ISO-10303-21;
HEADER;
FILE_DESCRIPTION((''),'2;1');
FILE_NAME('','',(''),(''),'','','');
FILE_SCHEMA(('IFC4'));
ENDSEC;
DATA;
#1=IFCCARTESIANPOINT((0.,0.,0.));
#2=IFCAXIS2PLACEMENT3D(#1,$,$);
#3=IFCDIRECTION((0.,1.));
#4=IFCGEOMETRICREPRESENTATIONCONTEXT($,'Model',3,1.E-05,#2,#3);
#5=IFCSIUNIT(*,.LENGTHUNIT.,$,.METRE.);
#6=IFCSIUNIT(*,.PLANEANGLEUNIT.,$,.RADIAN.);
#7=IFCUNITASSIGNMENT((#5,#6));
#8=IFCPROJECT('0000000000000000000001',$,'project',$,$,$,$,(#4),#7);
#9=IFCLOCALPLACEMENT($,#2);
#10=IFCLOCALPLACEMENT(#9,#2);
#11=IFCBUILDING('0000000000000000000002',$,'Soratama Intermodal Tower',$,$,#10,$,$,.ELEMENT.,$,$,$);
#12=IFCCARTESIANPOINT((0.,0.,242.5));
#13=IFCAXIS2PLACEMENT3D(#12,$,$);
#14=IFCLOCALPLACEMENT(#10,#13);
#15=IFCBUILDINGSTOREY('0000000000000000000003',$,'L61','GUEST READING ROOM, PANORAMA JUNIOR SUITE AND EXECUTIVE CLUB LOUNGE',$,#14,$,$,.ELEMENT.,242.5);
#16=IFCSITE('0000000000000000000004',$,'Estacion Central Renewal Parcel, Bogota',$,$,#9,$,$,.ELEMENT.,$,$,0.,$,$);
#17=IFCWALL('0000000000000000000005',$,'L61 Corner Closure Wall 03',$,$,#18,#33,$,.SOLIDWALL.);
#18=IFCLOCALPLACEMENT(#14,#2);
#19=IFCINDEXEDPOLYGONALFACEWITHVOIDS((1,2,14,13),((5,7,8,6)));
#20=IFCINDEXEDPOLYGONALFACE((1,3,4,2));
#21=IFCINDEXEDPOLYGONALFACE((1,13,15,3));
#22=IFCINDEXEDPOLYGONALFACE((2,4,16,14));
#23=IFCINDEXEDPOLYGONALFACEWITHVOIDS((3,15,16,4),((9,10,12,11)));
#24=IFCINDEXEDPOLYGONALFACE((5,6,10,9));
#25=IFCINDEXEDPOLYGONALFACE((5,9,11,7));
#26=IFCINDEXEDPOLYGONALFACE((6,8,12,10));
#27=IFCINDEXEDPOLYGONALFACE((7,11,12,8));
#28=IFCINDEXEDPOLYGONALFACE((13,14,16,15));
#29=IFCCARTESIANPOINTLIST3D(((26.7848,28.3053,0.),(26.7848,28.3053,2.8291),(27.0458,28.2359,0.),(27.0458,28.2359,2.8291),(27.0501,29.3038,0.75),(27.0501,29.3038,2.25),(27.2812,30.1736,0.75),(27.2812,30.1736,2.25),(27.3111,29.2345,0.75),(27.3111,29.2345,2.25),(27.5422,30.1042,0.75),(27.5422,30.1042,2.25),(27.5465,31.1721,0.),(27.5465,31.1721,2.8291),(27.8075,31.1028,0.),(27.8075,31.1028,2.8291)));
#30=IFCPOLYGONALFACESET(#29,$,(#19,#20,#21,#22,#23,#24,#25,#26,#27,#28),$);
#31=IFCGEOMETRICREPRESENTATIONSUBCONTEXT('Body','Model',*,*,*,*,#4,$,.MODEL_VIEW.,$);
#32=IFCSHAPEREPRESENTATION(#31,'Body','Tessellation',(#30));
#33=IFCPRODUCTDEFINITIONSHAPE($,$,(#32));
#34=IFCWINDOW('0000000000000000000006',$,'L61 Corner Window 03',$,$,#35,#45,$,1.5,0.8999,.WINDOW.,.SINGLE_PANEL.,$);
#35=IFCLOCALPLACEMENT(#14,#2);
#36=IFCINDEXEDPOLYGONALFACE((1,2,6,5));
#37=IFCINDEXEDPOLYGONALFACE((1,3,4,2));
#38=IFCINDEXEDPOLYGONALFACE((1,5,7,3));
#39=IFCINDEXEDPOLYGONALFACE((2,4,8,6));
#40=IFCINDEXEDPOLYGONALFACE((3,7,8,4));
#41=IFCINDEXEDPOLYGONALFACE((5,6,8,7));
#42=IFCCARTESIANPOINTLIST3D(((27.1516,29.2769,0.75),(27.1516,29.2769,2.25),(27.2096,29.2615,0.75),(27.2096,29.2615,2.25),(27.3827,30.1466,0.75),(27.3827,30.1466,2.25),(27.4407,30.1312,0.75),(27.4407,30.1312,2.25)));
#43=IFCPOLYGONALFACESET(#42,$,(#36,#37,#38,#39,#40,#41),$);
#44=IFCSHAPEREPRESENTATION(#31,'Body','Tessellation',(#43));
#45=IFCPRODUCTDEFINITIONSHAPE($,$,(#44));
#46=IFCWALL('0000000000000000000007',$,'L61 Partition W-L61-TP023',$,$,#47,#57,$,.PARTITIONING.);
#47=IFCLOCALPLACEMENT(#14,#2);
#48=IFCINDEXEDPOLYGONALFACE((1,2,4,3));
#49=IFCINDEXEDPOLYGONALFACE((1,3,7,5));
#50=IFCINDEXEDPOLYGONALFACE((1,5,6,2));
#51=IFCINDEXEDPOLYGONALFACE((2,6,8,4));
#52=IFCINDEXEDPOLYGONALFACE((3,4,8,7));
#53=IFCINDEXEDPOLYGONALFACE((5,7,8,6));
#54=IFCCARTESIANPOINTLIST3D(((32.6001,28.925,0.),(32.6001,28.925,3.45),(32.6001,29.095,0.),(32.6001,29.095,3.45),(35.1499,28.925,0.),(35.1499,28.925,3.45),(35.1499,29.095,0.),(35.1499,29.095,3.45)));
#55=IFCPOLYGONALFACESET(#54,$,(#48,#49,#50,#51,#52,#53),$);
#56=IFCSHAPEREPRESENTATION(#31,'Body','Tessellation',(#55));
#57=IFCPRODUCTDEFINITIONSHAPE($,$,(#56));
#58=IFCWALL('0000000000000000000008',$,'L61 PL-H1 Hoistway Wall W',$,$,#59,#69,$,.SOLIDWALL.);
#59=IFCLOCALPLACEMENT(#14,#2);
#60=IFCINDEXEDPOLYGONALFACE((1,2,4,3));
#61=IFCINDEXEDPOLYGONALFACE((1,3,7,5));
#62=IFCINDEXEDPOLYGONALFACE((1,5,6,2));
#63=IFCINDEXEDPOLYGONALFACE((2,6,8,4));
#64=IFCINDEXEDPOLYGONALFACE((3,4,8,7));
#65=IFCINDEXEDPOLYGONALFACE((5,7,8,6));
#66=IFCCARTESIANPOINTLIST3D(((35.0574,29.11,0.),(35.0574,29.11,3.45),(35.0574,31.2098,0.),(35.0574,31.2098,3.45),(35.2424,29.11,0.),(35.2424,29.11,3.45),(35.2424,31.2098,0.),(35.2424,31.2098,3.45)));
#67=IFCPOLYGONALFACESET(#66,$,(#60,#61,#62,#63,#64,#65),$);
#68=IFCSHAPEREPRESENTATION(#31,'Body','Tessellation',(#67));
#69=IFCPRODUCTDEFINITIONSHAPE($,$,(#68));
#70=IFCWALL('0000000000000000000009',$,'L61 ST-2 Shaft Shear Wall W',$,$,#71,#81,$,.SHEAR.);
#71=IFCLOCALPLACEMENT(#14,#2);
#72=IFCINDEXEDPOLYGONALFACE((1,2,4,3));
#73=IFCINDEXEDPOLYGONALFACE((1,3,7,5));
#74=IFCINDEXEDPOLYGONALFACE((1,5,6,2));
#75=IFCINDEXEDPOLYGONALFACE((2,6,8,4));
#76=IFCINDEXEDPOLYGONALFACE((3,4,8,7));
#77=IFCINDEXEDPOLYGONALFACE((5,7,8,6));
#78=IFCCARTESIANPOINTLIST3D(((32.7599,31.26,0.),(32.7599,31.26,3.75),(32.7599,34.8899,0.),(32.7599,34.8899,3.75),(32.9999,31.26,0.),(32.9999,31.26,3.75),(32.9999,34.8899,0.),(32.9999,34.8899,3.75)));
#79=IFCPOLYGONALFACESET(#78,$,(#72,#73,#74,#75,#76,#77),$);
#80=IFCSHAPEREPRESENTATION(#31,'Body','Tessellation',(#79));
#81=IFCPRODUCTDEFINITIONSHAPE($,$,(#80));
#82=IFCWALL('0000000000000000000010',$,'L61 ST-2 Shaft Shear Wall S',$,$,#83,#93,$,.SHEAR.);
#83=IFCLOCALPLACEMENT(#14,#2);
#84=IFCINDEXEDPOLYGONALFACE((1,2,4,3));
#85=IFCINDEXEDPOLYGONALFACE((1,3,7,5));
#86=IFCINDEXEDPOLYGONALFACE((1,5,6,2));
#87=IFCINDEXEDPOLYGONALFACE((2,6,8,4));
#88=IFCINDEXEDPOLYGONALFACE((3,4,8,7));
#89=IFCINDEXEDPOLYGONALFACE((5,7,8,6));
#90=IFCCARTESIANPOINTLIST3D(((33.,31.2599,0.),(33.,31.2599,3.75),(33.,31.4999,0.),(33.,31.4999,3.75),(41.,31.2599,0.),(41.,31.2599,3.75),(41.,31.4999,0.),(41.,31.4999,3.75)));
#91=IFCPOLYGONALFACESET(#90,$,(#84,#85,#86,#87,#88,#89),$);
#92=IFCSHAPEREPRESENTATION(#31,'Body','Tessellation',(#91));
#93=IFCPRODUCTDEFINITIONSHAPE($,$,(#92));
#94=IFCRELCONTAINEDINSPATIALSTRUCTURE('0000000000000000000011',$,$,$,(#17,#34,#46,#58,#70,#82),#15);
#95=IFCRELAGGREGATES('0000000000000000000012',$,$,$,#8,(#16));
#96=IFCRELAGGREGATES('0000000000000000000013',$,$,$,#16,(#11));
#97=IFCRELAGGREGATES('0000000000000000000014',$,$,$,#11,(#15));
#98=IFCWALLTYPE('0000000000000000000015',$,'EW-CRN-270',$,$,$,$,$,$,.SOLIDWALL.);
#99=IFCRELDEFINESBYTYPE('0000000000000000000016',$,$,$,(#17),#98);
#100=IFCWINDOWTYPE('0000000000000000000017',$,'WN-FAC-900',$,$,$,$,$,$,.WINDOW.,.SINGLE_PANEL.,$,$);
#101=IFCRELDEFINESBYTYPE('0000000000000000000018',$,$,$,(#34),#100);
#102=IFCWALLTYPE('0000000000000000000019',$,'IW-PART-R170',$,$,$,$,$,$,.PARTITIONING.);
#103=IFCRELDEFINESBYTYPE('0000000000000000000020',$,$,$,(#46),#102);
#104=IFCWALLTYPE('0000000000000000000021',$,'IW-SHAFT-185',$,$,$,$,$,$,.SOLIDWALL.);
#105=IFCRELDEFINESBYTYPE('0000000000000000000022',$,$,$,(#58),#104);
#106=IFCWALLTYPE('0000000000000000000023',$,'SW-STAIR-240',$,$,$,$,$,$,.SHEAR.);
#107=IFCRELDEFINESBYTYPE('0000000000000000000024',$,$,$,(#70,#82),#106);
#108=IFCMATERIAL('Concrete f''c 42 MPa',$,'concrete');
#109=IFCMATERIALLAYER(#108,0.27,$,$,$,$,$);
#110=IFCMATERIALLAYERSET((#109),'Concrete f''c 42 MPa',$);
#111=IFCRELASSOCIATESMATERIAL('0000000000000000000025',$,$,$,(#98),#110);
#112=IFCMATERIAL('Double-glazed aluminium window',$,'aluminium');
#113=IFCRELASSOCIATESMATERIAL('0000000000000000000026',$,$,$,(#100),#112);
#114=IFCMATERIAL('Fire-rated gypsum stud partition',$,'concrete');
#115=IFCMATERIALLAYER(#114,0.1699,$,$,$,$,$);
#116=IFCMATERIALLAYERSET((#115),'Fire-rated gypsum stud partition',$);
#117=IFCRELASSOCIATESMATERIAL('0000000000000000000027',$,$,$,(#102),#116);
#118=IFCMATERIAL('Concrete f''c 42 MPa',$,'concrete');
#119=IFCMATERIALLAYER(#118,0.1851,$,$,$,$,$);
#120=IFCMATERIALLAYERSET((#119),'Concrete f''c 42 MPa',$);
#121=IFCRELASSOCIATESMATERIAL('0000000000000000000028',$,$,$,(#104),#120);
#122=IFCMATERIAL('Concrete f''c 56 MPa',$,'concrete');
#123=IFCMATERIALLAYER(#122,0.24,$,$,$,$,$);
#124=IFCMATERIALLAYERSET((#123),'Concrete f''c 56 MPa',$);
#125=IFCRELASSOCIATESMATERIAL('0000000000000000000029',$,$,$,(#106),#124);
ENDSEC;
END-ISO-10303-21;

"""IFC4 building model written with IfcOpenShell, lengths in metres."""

from ifc_helpers import new_model, si_unit, direction, frame, frame_2d, origin, place, context, subcontext, project, spatial, rectangle, extrude, material, layer, layer_set, type_object, element, fill, save


model = new_model("IFC4")

# Units and contexts
model_context = context("Model", 3, precision=1e-05, world=origin(), true_north=direction((0.0, 1.0)))
body_context = subcontext(model_context, "Body", "Model", "MODEL_VIEW")
ifc_project = project(units=[si_unit("LENGTHUNIT", "METRE"), si_unit("PLANEANGLEUNIT", "RADIAN")], contexts=[model_context])

# Site, building, storey
site_placement = place(None, origin())
site = spatial("IfcSite", under=ifc_project, at=site_placement, Name="Estacion Central Renewal Parcel, Bogota", CompositionType="ELEMENT", RefElevation=0.0)
building_placement = place(site_placement, origin())
building = spatial("IfcBuilding", under=site, at=building_placement, Name="Soratama Intermodal Tower", CompositionType="ELEMENT")
storey_placement = place(building_placement, frame((0.0, 0.0, 242.5)))
storey = spatial("IfcBuildingStorey", under=building, at=storey_placement, Name="L61", Description="GUEST READING ROOM, PANORAMA JUNIOR SUITE AND EXECUTIVE CLUB LOUNGE", CompositionType="ELEMENT", Elevation=242.5)

# Wall, opening, window
ifc_material_1 = material(Name="Concrete f'c 42 MPa", Category="concrete")
ifc_layer_1 = layer(ifc_material_1, 0.27)
ifc_layer_set_1 = layer_set([ifc_layer_1], Name="Concrete f'c 42 MPa")
wall_type_1 = type_object("IfcWallType", Name="EW-CRN-270", PredefinedType="SOLIDWALL", material=ifc_layer_set_1)
wall_1_placement = place(storey_placement, frame((27.677, 31.1375, 0.0), z_axis=(0.0, 0.0, 1.0), x_axis=(-0.256781, -0.966469, 0.0)))
wall_1 = element("IfcWall", 1, at=wall_1_placement, inside=storey, type_object=wall_type_1, Name="L61 Corner Closure Wall 03", PredefinedType="SOLIDWALL", context=body_context, shape_type="SweptSolid", body=[
    extrude(rectangle(XDim=2.9663, YDim=0.27, at=frame_2d((1.4832, 0.0))), origin(), (0.0, 0.0, 1.0), 2.8291),
])
opening_1_placement = place(wall_1_placement, frame((1.0332, 0.0, 0.75)))
opening_1 = element("IfcOpeningElement", 2, at=opening_1_placement, cuts=wall_1, PredefinedType="OPENING", context=body_context, shape_type="SweptSolid", body=[
    extrude(rectangle(XDim=0.8999, YDim=1.5, at=frame_2d((0.45, 0.75))), frame((0.0, 0.145, 0.0), z_axis=(0.0, -1.0, 0.0), x_axis=(1.0, 0.0, 0.0)), (0.0, 0.0, 1.0), 0.29),
])
ifc_material_2 = material(Name="Double-glazed aluminium window", Category="aluminium")
window_type_1 = type_object("IfcWindowType", Name="WN-FAC-900", PartitioningType="SINGLE_PANEL", PredefinedType="WINDOW", material=ifc_material_2)
window_1_placement = place(opening_1_placement, origin())
window_1 = element("IfcWindow", 3, at=window_1_placement, inside=storey, type_object=window_type_1, Name="L61 Corner Window 03", OverallHeight=1.5, OverallWidth=0.8999, PartitioningType="SINGLE_PANEL", PredefinedType="WINDOW", context=body_context, shape_type="SweptSolid", body=[
    extrude(rectangle(XDim=0.8999, YDim=1.5, at=frame_2d((0.45, 0.75))), frame((0.0, 0.03, 0.0), z_axis=(0.0, -1.0, 0.0), x_axis=(1.0, 0.0, 0.0)), (0.0, 0.0, 1.0), 0.0601),
])
fill(opening_1, window_1)

# Wall
ifc_material_3 = material(Name="Fire-rated gypsum stud partition", Category="concrete")
ifc_layer_2 = layer(ifc_material_3, 0.1699)
ifc_layer_set_2 = layer_set([ifc_layer_2], Name="Fire-rated gypsum stud partition")
wall_type_2 = type_object("IfcWallType", Name="IW-PART-R170", PredefinedType="PARTITIONING", material=ifc_layer_set_2)
wall_2_placement = place(storey_placement, frame((32.6001, 29.01, 0.0), z_axis=(0.0, 0.0, 1.0), x_axis=(1.0, 0.0, 0.0)))
element("IfcWall", 4, at=wall_2_placement, inside=storey, type_object=wall_type_2, Name="L61 Partition W-L61-TP023", PredefinedType="PARTITIONING", context=body_context, shape_type="SweptSolid", body=[
    extrude(rectangle(XDim=2.5498, YDim=0.1699, at=frame_2d((1.2749, 0.0))), origin(), (0.0, 0.0, 1.0), 3.45),
])

# Shared definitions
ifc_material_4 = material(Name="Concrete f'c 42 MPa", Category="concrete")
ifc_layer_3 = layer(ifc_material_4, 0.1851)
ifc_layer_set_3 = layer_set([ifc_layer_3], Name="Concrete f'c 42 MPa")
wall_type_3 = type_object("IfcWallType", Name="IW-SHAFT-185", PredefinedType="SOLIDWALL", material=ifc_layer_set_3)

# Walls
wall_3_placement = place(storey_placement, frame((35.1499, 29.1101, 0.0), z_axis=(0.0, 0.0, 1.0), x_axis=(0.0, 1.0, 0.0)))
element("IfcWall", 5, at=wall_3_placement, inside=storey, type_object=wall_type_3, Name="L61 PL-H1 Hoistway Wall W", PredefinedType="SOLIDWALL", context=body_context, shape_type="SweptSolid", body=[
    extrude(rectangle(XDim=2.0999, YDim=0.1851, at=frame_2d((1.0498, 0.0))), origin(), (0.0, 0.0, 1.0), 3.45),
])
ifc_material_5 = material(Name="Concrete f'c 56 MPa", Category="concrete")
ifc_layer_4 = layer(ifc_material_5, 0.24)
ifc_layer_set_4 = layer_set([ifc_layer_4], Name="Concrete f'c 56 MPa")
wall_type_4 = type_object("IfcWallType", Name="SW-STAIR-240", PredefinedType="SHEAR", material=ifc_layer_set_4)
wall_4_placement = place(storey_placement, frame((32.8799, 31.26, 0.0), z_axis=(0.0, 0.0, 1.0), x_axis=(0.0, 1.0, 0.0)))
element("IfcWall", 6, at=wall_4_placement, inside=storey, type_object=wall_type_4, Name="L61 ST-2 Shaft Shear Wall W", PredefinedType="SHEAR", context=body_context, shape_type="SweptSolid", body=[
    extrude(rectangle(XDim=3.6299, YDim=0.24, at=frame_2d((1.8149, 0.0))), origin(), (0.0, 0.0, 1.0), 3.75),
])
wall_5_placement = place(storey_placement, frame((33.0, 31.3799, 0.0), z_axis=(0.0, 0.0, 1.0), x_axis=(1.0, 0.0, 0.0)))
element("IfcWall", 7, at=wall_5_placement, inside=storey, type_object=wall_type_4, Name="L61 ST-2 Shaft Shear Wall S", PredefinedType="SHEAR", context=body_context, shape_type="SweptSolid", body=[
    extrude(rectangle(XDim=8.0, YDim=0.24, at=frame_2d((4.0, 0.0))), origin(), (0.0, 0.0, 1.0), 3.75),
])

save(model, "model.ifc")
